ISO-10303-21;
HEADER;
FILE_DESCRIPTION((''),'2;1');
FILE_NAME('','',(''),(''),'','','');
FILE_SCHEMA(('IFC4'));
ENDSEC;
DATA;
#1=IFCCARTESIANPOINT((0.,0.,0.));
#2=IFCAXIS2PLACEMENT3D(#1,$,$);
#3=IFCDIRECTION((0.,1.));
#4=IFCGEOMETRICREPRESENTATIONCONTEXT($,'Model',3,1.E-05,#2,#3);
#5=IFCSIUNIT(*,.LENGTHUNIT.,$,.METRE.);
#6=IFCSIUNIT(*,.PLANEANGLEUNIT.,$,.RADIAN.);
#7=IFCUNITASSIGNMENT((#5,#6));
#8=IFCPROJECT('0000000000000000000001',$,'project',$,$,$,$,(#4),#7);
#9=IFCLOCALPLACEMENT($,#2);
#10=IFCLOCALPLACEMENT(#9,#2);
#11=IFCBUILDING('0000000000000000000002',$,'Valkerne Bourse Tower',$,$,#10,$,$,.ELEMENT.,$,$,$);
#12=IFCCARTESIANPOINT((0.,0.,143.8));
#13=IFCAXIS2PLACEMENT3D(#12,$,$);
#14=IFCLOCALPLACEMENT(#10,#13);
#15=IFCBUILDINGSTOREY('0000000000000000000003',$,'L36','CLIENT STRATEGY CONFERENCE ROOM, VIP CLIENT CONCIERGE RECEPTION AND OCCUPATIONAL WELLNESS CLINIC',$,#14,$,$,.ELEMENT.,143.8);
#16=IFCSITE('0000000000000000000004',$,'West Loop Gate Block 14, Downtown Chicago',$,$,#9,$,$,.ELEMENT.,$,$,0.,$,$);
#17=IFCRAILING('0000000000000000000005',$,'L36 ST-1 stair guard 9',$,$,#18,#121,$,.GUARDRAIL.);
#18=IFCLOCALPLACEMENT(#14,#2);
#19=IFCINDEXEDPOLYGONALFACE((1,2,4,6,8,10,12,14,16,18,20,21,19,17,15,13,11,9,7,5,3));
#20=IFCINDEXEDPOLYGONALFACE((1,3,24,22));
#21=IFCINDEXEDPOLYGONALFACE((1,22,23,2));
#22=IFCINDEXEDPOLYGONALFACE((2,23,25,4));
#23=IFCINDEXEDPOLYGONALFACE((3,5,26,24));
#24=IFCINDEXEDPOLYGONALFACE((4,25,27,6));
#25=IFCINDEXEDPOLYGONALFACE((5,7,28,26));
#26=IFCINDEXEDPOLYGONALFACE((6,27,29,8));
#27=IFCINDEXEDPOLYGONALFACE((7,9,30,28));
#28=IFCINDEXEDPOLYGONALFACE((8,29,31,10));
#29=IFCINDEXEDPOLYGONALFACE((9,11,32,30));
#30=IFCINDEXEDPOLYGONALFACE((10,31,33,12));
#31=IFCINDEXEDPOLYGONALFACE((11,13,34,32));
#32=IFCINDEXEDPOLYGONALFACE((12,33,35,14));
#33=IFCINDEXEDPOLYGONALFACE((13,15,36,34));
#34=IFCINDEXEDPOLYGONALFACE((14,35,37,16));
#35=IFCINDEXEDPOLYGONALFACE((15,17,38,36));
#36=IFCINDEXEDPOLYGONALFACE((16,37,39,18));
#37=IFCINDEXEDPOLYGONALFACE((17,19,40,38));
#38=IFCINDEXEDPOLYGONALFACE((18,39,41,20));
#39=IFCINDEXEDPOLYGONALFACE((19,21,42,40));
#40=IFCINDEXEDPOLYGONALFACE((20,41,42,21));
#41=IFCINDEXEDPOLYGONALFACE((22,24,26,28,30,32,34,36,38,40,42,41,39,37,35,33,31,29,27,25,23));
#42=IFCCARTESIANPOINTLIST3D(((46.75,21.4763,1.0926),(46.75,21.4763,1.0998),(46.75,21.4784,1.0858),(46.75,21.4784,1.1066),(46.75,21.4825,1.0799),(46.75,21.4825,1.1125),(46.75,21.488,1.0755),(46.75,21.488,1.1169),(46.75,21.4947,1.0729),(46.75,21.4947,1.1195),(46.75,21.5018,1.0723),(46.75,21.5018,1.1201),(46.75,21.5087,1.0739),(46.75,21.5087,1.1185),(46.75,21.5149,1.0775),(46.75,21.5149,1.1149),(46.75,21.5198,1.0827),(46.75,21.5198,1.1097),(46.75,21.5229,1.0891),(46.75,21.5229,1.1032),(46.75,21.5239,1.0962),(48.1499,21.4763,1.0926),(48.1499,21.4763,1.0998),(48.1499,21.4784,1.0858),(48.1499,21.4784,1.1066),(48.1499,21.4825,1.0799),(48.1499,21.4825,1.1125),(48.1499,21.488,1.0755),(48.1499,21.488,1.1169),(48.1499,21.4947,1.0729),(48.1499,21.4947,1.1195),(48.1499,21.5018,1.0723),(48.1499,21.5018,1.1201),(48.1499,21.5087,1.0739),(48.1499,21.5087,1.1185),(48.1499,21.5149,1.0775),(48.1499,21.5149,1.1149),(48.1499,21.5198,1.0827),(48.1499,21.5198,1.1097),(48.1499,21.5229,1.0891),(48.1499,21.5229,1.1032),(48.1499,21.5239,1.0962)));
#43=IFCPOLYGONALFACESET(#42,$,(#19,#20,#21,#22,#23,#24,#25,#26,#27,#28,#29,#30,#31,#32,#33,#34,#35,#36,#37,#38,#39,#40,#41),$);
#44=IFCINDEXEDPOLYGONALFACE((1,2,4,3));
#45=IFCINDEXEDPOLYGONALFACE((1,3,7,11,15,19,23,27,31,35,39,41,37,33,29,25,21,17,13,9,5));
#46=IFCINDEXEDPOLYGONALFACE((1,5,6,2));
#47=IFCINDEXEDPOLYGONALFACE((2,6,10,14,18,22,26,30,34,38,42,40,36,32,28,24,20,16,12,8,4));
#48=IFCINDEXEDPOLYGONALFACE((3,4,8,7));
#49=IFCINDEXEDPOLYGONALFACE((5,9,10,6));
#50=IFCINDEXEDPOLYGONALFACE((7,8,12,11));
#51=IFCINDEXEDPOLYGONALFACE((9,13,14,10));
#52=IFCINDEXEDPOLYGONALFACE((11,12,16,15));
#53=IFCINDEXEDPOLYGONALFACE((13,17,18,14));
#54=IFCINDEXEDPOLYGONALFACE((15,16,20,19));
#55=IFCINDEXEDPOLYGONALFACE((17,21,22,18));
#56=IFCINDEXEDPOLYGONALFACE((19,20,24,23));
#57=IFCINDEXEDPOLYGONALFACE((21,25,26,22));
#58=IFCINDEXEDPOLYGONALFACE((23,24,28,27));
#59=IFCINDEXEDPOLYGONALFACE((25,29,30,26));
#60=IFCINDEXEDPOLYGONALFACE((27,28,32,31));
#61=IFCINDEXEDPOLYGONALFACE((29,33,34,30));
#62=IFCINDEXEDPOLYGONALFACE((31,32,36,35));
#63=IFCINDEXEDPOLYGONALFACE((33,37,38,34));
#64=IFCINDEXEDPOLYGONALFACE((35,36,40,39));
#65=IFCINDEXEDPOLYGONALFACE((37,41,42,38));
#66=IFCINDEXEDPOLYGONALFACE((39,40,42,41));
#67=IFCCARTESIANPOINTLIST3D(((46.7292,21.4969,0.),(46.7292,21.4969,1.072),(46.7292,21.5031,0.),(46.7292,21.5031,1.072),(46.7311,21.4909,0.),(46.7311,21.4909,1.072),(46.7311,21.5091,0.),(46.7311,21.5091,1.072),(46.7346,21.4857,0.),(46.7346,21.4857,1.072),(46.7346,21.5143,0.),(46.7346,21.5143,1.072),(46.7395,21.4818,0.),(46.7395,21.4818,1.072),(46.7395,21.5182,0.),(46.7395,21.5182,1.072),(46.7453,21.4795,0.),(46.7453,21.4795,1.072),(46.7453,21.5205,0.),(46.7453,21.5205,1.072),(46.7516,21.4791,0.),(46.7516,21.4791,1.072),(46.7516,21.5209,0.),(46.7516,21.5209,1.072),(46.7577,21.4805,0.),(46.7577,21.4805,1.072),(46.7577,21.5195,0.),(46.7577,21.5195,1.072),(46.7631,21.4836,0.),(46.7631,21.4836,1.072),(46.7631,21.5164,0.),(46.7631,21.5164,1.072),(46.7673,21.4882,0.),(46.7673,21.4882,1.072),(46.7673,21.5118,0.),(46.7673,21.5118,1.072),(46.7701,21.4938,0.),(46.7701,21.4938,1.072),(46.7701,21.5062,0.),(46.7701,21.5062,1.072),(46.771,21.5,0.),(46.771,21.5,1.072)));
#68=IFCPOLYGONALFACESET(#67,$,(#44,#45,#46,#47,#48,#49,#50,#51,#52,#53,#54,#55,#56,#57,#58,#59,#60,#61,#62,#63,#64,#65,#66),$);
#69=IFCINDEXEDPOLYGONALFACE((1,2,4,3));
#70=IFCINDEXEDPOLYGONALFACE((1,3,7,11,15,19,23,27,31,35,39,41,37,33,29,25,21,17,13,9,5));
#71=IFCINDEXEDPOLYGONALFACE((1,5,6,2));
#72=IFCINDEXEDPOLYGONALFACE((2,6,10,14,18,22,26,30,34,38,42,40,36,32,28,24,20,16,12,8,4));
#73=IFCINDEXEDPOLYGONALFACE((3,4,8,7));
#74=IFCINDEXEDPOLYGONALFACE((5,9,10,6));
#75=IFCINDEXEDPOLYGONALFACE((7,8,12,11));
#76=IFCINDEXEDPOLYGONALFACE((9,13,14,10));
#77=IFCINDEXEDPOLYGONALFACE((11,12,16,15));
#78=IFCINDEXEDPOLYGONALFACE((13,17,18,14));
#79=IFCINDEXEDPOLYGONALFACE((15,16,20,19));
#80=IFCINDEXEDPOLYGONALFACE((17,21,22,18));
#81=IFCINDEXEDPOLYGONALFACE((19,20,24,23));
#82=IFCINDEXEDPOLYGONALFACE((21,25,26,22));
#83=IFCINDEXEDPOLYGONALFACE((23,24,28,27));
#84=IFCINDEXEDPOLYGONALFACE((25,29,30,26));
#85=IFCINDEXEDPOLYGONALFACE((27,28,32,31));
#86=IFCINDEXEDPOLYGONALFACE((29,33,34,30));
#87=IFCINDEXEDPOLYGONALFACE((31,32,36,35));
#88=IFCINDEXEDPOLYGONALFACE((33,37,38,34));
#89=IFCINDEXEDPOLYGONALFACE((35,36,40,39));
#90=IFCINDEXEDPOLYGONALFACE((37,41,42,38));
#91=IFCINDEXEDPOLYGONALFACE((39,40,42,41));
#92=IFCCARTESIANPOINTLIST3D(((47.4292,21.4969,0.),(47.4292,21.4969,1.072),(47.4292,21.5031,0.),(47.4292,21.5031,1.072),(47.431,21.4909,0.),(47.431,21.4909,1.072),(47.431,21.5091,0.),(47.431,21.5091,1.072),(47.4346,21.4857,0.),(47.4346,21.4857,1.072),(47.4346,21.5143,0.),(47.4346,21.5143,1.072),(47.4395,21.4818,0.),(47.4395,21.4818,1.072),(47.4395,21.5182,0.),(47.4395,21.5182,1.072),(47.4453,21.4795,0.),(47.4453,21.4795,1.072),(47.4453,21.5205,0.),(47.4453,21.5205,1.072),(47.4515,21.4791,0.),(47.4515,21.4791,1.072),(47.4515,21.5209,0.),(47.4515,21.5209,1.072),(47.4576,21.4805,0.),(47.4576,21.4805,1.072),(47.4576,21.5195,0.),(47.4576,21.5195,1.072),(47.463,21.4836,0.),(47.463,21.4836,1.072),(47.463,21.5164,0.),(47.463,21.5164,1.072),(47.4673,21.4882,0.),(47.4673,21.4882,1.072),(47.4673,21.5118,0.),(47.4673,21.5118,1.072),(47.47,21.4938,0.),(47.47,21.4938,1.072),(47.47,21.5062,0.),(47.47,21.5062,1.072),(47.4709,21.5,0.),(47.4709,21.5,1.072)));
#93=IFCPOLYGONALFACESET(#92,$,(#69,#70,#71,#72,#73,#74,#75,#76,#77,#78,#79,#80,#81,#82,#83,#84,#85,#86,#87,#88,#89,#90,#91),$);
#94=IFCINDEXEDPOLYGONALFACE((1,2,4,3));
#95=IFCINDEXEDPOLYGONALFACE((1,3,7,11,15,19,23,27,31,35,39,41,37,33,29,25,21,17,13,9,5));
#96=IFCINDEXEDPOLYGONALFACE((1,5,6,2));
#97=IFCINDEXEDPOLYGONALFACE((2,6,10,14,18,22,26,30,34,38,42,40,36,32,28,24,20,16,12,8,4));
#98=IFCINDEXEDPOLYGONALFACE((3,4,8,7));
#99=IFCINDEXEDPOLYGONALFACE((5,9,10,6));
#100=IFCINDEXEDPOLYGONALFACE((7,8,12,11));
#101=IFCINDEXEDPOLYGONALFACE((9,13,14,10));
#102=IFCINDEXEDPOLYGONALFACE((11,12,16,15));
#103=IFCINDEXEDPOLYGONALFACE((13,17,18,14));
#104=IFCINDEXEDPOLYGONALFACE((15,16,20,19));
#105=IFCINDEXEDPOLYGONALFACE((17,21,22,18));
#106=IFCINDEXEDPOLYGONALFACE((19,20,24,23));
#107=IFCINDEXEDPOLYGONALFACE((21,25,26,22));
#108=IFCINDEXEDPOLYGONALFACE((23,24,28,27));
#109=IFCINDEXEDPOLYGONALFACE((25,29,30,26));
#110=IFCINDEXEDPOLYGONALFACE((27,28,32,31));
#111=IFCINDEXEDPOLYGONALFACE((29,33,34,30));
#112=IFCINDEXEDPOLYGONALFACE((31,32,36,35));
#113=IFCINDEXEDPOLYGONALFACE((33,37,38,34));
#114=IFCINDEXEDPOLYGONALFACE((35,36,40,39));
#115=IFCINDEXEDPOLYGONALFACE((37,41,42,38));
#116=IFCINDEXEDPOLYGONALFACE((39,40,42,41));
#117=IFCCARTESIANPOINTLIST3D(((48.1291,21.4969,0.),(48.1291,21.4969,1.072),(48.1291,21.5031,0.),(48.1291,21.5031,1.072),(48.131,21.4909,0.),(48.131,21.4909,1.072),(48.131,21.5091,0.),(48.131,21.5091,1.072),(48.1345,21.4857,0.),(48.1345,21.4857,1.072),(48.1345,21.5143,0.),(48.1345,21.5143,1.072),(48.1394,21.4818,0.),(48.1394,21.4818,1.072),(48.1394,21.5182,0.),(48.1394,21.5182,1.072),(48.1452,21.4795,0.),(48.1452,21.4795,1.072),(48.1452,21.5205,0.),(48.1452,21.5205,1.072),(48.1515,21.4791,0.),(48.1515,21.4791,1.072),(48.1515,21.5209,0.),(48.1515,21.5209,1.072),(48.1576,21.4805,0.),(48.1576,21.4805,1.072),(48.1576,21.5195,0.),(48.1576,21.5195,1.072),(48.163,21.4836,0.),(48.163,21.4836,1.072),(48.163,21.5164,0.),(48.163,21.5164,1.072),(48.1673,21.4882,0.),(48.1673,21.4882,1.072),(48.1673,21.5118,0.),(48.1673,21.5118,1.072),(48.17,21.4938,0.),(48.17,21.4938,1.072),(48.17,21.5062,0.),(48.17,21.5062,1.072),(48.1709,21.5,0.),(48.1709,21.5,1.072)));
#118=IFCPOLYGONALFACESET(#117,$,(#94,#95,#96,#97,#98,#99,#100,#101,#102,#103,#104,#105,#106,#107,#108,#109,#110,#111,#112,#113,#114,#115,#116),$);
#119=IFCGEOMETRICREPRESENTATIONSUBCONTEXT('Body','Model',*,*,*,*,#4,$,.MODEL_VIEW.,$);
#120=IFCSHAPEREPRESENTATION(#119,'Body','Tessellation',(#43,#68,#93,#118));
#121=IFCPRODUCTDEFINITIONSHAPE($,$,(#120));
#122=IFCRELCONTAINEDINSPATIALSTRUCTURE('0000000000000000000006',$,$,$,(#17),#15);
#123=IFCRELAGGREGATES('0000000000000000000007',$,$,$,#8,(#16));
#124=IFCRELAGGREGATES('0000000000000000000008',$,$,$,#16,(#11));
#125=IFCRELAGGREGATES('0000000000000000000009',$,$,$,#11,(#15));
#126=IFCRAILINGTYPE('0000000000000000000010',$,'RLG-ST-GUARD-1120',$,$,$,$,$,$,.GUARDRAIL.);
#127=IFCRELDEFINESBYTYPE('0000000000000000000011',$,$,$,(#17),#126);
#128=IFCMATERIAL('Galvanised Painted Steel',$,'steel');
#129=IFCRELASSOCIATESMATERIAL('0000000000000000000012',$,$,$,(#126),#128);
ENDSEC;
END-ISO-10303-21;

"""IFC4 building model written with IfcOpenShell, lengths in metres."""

from ifc_helpers import new_model, si_unit, direction, frame, origin, origin_2d, place, context, subcontext, project, spatial, circle, extrude, material, type_object, element, save


model = new_model("IFC4")

# Units and contexts
model_context = context("Model", 3, precision=1e-05, world=origin(), true_north=direction((0.0, 1.0)))
body_context = subcontext(model_context, "Body", "Model", "MODEL_VIEW")
ifc_project = project(units=[si_unit("LENGTHUNIT", "METRE"), si_unit("PLANEANGLEUNIT", "RADIAN")], contexts=[model_context])

# Site, building, storey
site_placement = place(None, origin())
site = spatial("IfcSite", under=ifc_project, at=site_placement, Name="West Loop Gate Block 14, Downtown Chicago", CompositionType="ELEMENT", RefElevation=0.0)
building_placement = place(site_placement, origin())
building = spatial("IfcBuilding", under=site, at=building_placement, Name="Valkerne Bourse Tower", CompositionType="ELEMENT")
storey_placement = place(building_placement, frame((0.0, 0.0, 143.8)))
storey = spatial("IfcBuildingStorey", under=building, at=storey_placement, Name="L36", Description="CLIENT STRATEGY CONFERENCE ROOM, VIP CLIENT CONCIERGE RECEPTION AND OCCUPATIONAL WELLNESS CLINIC", CompositionType="ELEMENT", Elevation=143.8)

# Shared definitions
ifc_material_1 = material(Name="Galvanised Painted Steel", Category="steel")

# Railing
railing_type_1 = type_object("IfcRailingType", Name="RLG-ST-GUARD-1120", PredefinedType="GUARDRAIL", material=ifc_material_1)
for number, where, name in (
    (1, (46.75, 21.5, 0.0), "L36 ST-1 stair guard 9"),
):
    element("IfcRailing", number, at=place(storey_placement, frame(where)), inside=storey, type_object=railing_type_1, Name=name, PredefinedType="GUARDRAIL", context=body_context, shape_type="SweptSolid", body=[
        extrude(circle(Radius=0.0239, at=origin_2d()), frame((0.0, 0.0, 1.0962), z_axis=(1.0, 0.0, 0.0), x_axis=(0.0, 1.0, 0.0)), (0.0, 0.0, 1.0), 1.3999),
        extrude(circle(Radius=0.021, at=origin_2d()), origin(), (0.0, 0.0, 1.0), 1.072),
        extrude(circle(Radius=0.021, at=origin_2d()), frame((0.7, 0.0, 0.0)), (0.0, 0.0, 1.0), 1.072),
        extrude(circle(Radius=0.021, at=origin_2d()), frame((1.3999, 0.0, 0.0)), (0.0, 0.0, 1.0), 1.072),
    ])

save(model, "model.ifc")
